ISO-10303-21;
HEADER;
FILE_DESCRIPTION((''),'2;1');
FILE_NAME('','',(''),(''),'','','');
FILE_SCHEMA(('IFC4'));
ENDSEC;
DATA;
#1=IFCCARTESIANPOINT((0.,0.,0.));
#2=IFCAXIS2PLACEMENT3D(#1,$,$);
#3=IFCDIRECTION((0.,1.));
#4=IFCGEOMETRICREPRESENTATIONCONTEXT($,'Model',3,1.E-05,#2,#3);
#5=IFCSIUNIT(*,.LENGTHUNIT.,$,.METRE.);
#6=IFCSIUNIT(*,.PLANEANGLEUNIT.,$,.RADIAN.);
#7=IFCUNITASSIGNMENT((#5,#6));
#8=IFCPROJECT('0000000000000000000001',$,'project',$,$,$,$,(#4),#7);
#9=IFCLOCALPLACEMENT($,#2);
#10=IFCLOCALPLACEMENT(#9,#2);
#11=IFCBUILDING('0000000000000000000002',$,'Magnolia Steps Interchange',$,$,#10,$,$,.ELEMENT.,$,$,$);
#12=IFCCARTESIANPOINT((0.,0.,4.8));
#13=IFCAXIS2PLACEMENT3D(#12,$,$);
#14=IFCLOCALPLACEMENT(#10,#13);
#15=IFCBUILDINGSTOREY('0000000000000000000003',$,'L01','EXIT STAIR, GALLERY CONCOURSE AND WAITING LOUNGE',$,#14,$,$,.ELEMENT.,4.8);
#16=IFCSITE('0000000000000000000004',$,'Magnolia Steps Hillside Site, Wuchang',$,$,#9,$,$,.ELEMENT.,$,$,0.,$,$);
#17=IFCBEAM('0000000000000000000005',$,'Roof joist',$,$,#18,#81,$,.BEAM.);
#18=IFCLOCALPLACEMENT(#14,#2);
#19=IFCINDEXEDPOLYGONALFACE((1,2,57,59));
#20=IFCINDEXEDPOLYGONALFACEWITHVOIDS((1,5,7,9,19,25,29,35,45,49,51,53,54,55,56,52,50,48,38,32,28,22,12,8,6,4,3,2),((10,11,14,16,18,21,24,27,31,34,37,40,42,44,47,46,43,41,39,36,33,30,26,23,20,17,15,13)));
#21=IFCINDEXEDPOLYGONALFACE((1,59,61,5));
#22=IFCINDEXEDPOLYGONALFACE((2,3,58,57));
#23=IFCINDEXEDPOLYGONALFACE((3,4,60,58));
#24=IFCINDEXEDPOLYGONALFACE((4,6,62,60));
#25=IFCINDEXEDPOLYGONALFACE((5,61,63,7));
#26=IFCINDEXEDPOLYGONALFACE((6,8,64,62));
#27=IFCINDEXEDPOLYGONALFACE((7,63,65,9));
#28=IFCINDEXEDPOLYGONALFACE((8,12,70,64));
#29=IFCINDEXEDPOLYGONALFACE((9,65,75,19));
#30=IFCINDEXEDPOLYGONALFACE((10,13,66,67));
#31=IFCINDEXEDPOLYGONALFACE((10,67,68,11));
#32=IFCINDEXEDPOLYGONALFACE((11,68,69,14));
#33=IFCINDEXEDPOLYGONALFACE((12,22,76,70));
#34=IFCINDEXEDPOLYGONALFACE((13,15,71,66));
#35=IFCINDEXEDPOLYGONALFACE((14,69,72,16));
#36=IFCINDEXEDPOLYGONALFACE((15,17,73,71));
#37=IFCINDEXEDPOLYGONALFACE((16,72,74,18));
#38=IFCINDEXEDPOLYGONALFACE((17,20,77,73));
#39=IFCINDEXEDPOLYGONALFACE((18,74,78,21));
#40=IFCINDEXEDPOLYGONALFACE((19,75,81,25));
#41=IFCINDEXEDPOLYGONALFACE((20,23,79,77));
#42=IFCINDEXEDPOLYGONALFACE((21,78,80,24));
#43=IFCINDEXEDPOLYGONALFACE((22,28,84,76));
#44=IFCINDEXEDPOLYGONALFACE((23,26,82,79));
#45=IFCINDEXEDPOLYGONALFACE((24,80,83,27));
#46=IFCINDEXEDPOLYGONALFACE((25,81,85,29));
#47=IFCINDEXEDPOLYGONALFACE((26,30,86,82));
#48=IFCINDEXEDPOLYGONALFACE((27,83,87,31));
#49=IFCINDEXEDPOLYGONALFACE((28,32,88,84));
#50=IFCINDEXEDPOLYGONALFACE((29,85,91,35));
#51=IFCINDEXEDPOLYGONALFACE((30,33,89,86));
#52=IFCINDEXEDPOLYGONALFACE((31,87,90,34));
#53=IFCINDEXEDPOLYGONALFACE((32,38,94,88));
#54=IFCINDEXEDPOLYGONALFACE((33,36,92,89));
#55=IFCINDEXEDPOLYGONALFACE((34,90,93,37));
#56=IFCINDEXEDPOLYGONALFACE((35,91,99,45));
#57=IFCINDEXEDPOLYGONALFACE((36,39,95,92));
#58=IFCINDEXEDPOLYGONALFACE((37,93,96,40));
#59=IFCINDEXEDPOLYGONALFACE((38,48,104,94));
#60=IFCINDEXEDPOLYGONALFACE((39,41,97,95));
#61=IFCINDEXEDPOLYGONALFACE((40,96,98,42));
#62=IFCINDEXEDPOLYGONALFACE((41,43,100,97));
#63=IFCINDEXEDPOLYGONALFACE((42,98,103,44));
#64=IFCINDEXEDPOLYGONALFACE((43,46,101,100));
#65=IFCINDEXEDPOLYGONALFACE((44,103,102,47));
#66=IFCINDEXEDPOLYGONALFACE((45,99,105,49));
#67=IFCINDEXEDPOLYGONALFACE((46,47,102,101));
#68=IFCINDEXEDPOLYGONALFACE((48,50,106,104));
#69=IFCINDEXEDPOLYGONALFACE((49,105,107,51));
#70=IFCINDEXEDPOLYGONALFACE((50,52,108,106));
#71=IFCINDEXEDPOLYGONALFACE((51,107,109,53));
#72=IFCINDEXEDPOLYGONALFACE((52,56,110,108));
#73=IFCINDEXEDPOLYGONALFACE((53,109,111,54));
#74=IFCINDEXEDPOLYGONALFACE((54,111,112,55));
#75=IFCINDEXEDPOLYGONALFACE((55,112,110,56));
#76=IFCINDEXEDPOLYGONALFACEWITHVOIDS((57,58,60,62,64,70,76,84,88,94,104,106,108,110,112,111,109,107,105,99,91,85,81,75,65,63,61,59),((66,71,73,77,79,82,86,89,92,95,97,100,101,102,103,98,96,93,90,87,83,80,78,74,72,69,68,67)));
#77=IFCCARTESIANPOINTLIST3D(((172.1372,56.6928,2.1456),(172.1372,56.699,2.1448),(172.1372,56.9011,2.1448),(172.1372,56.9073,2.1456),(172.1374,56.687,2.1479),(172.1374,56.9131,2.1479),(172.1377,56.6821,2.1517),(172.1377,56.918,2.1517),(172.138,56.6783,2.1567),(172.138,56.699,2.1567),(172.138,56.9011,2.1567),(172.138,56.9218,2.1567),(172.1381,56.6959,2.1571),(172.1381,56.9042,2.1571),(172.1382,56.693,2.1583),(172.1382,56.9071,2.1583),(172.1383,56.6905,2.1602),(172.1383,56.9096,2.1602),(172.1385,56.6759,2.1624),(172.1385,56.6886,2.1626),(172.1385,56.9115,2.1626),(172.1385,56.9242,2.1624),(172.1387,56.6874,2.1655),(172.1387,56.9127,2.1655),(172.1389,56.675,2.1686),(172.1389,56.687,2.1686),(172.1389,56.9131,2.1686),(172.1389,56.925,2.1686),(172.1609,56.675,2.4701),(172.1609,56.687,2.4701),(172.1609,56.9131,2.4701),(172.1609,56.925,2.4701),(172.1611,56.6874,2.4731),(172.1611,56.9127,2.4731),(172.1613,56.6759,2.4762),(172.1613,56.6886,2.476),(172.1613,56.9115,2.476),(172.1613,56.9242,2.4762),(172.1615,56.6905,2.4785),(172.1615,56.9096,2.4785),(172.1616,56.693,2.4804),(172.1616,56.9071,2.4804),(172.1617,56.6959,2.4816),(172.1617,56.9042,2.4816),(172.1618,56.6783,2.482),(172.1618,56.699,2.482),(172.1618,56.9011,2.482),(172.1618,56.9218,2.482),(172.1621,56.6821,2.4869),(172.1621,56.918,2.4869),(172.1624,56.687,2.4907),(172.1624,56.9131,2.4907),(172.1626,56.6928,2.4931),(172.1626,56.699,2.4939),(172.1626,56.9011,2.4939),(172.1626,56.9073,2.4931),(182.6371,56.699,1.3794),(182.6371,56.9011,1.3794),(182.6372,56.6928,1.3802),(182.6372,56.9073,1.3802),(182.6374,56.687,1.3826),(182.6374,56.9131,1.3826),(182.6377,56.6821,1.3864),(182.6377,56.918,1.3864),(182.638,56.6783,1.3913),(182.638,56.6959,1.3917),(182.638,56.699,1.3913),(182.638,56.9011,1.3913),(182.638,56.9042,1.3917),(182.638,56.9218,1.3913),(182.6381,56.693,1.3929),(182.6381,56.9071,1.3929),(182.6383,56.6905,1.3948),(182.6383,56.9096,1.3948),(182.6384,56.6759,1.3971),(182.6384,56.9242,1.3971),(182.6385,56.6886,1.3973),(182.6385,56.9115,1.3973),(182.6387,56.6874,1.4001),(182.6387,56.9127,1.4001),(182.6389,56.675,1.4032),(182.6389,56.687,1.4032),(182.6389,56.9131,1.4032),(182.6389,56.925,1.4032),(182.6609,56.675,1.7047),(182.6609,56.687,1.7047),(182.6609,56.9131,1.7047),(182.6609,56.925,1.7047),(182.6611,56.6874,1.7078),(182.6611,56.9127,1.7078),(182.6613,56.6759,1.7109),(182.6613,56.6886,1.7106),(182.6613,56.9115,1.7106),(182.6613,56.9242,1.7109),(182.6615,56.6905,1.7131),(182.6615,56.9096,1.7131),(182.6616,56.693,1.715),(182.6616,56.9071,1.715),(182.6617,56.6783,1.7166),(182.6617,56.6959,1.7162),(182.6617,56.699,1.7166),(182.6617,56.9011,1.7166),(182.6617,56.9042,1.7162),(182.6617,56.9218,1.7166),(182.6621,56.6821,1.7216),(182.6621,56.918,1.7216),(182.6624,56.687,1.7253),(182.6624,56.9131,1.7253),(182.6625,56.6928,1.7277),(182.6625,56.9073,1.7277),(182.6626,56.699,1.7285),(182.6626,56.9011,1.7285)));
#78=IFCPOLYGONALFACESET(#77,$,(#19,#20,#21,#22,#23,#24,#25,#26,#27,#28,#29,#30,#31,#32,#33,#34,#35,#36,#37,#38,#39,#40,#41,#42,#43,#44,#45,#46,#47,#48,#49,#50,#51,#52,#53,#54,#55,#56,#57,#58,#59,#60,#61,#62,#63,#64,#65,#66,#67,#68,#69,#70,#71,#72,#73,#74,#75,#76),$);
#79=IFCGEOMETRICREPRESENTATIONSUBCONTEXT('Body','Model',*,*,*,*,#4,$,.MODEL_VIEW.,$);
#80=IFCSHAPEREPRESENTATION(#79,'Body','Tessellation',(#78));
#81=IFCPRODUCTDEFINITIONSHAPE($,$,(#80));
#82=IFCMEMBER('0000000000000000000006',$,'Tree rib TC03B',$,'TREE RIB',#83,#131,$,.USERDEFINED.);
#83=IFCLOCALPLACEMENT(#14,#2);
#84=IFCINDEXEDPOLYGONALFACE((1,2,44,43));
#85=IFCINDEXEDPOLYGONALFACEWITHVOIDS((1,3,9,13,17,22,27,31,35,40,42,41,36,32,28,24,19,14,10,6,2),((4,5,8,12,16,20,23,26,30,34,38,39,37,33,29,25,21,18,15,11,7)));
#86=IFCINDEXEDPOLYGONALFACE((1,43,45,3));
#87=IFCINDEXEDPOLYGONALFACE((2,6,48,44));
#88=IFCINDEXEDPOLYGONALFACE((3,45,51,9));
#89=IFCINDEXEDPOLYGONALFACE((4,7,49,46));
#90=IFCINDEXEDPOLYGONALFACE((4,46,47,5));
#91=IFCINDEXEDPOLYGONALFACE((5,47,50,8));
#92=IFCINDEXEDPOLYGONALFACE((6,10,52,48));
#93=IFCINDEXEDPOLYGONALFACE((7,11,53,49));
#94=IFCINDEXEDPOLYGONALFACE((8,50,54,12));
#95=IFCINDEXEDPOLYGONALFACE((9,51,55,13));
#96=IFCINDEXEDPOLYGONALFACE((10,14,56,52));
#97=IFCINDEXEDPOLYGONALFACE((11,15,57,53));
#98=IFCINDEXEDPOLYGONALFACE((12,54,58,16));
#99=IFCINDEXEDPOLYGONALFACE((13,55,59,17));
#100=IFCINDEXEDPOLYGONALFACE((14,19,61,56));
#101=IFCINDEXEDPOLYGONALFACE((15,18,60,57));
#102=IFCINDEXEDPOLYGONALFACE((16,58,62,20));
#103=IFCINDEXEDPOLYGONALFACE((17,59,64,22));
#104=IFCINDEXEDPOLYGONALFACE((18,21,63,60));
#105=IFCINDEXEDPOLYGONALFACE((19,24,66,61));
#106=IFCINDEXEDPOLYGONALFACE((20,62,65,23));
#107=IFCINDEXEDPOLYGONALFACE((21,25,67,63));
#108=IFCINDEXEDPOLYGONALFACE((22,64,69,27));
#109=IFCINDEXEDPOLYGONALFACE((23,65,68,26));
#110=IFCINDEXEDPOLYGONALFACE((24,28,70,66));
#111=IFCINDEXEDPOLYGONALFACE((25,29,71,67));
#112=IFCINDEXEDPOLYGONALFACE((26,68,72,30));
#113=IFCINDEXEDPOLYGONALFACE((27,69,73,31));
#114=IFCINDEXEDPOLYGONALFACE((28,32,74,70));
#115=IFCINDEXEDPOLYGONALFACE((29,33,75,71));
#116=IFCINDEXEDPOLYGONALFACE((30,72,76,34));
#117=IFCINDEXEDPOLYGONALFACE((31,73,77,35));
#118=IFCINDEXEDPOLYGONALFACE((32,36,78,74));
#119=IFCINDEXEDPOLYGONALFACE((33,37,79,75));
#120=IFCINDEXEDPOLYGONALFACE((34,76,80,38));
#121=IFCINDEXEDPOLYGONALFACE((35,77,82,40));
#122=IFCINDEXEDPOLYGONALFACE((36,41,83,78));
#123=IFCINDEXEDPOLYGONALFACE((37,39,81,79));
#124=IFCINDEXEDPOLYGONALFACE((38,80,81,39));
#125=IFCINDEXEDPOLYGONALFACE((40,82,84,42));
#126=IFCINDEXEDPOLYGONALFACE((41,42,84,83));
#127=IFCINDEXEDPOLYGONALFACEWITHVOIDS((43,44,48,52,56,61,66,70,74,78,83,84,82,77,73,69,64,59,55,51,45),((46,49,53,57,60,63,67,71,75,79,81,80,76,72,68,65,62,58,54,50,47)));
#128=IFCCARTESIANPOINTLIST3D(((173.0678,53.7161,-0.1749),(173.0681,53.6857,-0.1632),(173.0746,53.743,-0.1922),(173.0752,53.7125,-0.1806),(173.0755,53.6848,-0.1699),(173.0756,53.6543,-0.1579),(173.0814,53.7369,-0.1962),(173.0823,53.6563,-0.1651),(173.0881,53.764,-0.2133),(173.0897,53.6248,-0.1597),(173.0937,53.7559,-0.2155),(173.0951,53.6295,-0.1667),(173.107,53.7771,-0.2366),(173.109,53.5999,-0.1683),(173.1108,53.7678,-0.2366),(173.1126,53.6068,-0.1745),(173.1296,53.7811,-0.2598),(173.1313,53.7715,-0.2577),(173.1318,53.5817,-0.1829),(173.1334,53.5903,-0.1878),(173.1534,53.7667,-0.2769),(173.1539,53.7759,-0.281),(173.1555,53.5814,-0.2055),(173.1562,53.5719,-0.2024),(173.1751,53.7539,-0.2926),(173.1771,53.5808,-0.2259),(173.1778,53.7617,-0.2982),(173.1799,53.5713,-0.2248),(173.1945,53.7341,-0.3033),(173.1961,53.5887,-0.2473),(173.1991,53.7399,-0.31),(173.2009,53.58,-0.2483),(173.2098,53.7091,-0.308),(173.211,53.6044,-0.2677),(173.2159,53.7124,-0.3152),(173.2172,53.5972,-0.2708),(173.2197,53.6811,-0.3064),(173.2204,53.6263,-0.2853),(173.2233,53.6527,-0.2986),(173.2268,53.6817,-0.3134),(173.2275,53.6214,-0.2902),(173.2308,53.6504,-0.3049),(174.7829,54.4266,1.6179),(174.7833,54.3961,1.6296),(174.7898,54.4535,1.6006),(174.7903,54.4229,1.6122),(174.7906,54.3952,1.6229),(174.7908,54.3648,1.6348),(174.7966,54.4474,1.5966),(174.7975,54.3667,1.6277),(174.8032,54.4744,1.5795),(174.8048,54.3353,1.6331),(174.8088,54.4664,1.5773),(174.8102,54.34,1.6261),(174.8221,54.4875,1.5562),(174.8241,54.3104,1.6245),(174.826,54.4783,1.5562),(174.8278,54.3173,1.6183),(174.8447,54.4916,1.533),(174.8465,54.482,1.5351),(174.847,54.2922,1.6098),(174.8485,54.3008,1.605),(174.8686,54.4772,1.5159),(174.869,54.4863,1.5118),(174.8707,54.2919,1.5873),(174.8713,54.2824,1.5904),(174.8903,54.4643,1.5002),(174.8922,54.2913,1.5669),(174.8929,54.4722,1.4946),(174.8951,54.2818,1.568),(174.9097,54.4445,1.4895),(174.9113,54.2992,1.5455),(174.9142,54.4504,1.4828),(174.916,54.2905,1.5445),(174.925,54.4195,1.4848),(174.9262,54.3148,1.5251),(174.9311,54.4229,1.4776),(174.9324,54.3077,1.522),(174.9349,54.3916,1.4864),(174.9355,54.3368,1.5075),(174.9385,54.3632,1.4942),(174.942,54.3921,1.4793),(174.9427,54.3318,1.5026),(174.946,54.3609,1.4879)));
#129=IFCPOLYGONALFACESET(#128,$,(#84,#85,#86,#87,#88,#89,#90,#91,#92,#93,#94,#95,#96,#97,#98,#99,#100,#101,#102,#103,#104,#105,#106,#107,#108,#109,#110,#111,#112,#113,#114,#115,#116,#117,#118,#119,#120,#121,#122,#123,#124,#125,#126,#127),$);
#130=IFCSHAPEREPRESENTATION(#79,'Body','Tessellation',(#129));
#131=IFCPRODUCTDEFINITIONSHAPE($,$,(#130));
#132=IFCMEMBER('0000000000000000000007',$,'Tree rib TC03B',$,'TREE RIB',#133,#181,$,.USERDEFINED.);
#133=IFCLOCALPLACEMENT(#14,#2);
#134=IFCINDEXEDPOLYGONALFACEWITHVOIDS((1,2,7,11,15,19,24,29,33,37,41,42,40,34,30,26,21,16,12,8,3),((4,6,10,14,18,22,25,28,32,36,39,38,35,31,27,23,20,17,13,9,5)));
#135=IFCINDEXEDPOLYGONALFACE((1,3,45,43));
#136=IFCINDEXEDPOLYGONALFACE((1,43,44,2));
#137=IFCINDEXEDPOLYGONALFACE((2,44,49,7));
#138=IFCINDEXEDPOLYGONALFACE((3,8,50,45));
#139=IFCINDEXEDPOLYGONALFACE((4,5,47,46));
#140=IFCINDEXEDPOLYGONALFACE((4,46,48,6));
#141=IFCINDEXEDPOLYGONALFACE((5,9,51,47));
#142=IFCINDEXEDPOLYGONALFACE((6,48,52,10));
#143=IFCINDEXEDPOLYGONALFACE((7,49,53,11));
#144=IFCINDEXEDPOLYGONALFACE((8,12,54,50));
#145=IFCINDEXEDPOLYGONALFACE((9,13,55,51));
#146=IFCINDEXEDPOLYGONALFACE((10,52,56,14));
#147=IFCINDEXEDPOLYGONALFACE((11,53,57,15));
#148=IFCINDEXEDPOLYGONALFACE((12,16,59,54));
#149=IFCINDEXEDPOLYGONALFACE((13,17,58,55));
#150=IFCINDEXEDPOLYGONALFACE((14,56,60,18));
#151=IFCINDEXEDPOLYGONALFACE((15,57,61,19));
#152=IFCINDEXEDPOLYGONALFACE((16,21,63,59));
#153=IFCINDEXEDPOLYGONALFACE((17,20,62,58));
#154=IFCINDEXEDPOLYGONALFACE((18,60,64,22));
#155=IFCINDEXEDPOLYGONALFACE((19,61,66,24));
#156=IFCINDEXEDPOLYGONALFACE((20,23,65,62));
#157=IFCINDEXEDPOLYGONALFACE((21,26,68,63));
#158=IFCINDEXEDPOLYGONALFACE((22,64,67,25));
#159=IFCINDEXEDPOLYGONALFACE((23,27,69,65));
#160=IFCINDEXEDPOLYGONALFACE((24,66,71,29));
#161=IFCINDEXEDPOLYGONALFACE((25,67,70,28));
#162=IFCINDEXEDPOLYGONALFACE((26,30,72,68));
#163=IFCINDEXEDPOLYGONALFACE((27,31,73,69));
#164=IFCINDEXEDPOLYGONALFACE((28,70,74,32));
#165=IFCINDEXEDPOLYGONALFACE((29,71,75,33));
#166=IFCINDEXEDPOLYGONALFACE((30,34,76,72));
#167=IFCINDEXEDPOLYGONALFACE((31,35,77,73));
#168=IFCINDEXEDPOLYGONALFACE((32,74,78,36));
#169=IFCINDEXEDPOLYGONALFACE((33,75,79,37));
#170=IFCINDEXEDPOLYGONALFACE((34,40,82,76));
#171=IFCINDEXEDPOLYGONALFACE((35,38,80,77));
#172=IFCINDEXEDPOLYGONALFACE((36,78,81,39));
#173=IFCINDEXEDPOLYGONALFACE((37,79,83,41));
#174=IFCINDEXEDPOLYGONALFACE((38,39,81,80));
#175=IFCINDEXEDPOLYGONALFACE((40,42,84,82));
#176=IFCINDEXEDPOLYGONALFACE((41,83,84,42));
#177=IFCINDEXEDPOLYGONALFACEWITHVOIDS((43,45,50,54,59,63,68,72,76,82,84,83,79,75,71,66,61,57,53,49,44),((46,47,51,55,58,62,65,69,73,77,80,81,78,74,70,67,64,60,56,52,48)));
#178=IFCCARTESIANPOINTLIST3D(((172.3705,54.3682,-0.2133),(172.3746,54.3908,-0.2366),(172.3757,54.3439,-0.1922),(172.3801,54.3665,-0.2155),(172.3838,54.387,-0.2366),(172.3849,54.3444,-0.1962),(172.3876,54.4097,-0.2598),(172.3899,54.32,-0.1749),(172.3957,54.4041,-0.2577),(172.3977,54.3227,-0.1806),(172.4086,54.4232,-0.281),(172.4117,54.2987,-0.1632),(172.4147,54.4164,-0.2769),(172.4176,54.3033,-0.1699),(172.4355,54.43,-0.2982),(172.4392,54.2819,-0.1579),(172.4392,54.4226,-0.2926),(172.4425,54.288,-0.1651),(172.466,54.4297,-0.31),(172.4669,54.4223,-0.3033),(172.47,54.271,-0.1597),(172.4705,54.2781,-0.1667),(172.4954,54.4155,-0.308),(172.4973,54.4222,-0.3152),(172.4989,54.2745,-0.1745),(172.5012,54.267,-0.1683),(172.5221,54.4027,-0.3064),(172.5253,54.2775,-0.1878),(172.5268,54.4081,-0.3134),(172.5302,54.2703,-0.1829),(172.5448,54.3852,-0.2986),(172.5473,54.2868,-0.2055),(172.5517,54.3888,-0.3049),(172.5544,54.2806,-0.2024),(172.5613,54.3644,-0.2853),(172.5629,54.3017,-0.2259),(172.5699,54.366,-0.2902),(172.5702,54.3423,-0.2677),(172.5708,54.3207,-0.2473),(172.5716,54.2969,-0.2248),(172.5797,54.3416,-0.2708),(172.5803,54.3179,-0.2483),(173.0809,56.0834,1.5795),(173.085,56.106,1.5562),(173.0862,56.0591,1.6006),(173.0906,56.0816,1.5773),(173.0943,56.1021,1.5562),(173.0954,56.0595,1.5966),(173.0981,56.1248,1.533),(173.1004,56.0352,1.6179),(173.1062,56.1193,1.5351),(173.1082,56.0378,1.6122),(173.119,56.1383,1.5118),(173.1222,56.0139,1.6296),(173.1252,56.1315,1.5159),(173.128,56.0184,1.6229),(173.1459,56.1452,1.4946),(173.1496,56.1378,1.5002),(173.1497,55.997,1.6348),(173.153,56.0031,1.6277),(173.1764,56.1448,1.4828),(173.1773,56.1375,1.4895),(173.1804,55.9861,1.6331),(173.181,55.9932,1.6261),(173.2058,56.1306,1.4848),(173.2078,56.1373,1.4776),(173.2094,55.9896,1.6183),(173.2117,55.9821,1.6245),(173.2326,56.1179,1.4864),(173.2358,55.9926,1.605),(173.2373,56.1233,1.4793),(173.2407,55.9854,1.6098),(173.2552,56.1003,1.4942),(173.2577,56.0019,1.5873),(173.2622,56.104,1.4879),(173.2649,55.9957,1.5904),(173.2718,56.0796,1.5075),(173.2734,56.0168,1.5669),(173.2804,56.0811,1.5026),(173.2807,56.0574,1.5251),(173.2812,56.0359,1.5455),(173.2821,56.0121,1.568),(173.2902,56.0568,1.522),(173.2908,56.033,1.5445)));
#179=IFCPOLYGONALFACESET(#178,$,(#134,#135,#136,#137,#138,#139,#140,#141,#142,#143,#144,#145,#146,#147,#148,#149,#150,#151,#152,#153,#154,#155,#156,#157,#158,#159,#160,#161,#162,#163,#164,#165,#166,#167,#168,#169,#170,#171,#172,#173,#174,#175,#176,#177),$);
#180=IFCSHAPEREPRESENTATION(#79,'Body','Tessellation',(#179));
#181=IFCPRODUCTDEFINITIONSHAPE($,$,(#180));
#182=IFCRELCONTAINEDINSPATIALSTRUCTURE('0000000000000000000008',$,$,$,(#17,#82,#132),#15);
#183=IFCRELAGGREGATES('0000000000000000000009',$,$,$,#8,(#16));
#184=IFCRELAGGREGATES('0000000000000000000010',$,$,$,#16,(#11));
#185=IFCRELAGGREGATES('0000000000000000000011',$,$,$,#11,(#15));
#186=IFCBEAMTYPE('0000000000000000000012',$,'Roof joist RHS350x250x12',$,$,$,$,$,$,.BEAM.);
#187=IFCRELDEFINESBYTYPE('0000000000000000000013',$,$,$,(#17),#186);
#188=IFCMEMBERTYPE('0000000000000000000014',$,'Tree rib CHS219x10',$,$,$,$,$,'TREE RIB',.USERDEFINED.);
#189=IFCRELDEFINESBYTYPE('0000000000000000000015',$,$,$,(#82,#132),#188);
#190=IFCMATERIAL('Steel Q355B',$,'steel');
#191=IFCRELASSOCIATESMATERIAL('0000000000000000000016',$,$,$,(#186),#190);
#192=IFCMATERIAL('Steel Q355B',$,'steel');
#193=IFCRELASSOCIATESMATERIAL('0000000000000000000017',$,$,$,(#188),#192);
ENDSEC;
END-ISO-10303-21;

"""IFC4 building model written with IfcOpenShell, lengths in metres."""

from ifc_helpers import new_model, si_unit, direction, frame, origin, origin_2d, place, context, subcontext, project, spatial, hollow_rectangle, hollow_circle, extrude, material, material_profile, profile_set, type_object, element, save


model = new_model("IFC4")

# Units and contexts
model_context = context("Model", 3, precision=1e-05, world=origin(), true_north=direction((0.0, 1.0)))
body_context = subcontext(model_context, "Body", "Model", "MODEL_VIEW")
ifc_project = project(units=[si_unit("LENGTHUNIT", "METRE"), si_unit("PLANEANGLEUNIT", "RADIAN")], contexts=[model_context])

# Site, building, storey
site_placement = place(None, origin())
site = spatial("IfcSite", under=ifc_project, at=site_placement, Name="Magnolia Steps Hillside Site, Wuchang", CompositionType="ELEMENT", RefElevation=0.0)
building_placement = place(site_placement, origin())
building = spatial("IfcBuilding", under=site, at=building_placement, Name="Magnolia Steps Interchange", CompositionType="ELEMENT")
storey_placement = place(building_placement, frame((0.0, 0.0, 4.8)))
storey = spatial("IfcBuildingStorey", under=building, at=storey_placement, Name="L01", Description="EXIT STAIR, GALLERY CONCOURSE AND WAITING LOUNGE", CompositionType="ELEMENT", Elevation=4.8)

# Beam
ifc_material_1 = material(Name="Steel Q355B", Category="steel")
ifc_material_profile_1 = material_profile(ifc_material_1, hollow_rectangle(XDim=0.25, YDim=0.3501, WallThickness=0.012, InnerFilletRadius=0.012, OuterFilletRadius=0.0239, at=origin_2d()), Name="RHS350x250x12")
ifc_profile_set_1 = profile_set([ifc_material_profile_1], Name="Steel Q355B")
beam_type_1 = type_object("IfcBeamType", Name="Roof joist RHS350x250x12", PredefinedType="BEAM", material=ifc_profile_set_1)
beam_1_placement = place(storey_placement, frame((172.1499, 56.8, 2.3193), z_axis=(0.997354, 0.0, -0.072701), x_axis=(0.0, 1.0, 0.0)))
element("IfcBeam", 1, at=beam_1_placement, inside=storey, type_object=beam_type_1, Name="Roof joist", PredefinedType="BEAM", context=body_context, shape_type="SweptSolid", body=[
    extrude(hollow_rectangle(XDim=0.25, YDim=0.3501, WallThickness=0.012, InnerFilletRadius=0.012, OuterFilletRadius=0.0239, at=origin_2d()), origin(), (0.0, 0.0, 1.0), 10.5278),
])

# Members
ifc_material_2 = material(Name="Steel Q355B", Category="steel")
ifc_material_profile_2 = material_profile(ifc_material_2, hollow_circle(Radius=0.1096, WallThickness=0.01, at=origin_2d()), Name="CHS219x10")
ifc_profile_set_2 = profile_set([ifc_material_profile_2], Name="Steel Q355B")
member_type = type_object("IfcMemberType", Name="Tree rib CHS219x10", ElementType="TREE RIB", PredefinedType="USERDEFINED", material=ifc_profile_set_2)
for number, where, z_axis, x_axis, name in (
    (2, (173.1489, 53.6758, -0.2366), (0.664577, 0.275291, 0.69466), (-0.3827, 0.923873, 0.0), "Tree rib TC03B"),
    (3, (172.4758, 54.3489, -0.2366), (0.275291, 0.664577, 0.69466), (-0.923873, 0.3827, 0.0), "Tree rib TC03B"),
):
    element("IfcMember", number, at=place(storey_placement, frame(where, z_axis=z_axis, x_axis=x_axis)), inside=storey, type_object=member_type, Name=name, ObjectType="TREE RIB", PredefinedType="USERDEFINED", context=body_context, shape_type="SweptSolid", body=[
        extrude(hollow_circle(Radius=0.1096, WallThickness=0.01, at=origin_2d()), origin(), (0.0, 0.0, 1.0), 2.5808),
    ])

save(model, "model.ifc")
